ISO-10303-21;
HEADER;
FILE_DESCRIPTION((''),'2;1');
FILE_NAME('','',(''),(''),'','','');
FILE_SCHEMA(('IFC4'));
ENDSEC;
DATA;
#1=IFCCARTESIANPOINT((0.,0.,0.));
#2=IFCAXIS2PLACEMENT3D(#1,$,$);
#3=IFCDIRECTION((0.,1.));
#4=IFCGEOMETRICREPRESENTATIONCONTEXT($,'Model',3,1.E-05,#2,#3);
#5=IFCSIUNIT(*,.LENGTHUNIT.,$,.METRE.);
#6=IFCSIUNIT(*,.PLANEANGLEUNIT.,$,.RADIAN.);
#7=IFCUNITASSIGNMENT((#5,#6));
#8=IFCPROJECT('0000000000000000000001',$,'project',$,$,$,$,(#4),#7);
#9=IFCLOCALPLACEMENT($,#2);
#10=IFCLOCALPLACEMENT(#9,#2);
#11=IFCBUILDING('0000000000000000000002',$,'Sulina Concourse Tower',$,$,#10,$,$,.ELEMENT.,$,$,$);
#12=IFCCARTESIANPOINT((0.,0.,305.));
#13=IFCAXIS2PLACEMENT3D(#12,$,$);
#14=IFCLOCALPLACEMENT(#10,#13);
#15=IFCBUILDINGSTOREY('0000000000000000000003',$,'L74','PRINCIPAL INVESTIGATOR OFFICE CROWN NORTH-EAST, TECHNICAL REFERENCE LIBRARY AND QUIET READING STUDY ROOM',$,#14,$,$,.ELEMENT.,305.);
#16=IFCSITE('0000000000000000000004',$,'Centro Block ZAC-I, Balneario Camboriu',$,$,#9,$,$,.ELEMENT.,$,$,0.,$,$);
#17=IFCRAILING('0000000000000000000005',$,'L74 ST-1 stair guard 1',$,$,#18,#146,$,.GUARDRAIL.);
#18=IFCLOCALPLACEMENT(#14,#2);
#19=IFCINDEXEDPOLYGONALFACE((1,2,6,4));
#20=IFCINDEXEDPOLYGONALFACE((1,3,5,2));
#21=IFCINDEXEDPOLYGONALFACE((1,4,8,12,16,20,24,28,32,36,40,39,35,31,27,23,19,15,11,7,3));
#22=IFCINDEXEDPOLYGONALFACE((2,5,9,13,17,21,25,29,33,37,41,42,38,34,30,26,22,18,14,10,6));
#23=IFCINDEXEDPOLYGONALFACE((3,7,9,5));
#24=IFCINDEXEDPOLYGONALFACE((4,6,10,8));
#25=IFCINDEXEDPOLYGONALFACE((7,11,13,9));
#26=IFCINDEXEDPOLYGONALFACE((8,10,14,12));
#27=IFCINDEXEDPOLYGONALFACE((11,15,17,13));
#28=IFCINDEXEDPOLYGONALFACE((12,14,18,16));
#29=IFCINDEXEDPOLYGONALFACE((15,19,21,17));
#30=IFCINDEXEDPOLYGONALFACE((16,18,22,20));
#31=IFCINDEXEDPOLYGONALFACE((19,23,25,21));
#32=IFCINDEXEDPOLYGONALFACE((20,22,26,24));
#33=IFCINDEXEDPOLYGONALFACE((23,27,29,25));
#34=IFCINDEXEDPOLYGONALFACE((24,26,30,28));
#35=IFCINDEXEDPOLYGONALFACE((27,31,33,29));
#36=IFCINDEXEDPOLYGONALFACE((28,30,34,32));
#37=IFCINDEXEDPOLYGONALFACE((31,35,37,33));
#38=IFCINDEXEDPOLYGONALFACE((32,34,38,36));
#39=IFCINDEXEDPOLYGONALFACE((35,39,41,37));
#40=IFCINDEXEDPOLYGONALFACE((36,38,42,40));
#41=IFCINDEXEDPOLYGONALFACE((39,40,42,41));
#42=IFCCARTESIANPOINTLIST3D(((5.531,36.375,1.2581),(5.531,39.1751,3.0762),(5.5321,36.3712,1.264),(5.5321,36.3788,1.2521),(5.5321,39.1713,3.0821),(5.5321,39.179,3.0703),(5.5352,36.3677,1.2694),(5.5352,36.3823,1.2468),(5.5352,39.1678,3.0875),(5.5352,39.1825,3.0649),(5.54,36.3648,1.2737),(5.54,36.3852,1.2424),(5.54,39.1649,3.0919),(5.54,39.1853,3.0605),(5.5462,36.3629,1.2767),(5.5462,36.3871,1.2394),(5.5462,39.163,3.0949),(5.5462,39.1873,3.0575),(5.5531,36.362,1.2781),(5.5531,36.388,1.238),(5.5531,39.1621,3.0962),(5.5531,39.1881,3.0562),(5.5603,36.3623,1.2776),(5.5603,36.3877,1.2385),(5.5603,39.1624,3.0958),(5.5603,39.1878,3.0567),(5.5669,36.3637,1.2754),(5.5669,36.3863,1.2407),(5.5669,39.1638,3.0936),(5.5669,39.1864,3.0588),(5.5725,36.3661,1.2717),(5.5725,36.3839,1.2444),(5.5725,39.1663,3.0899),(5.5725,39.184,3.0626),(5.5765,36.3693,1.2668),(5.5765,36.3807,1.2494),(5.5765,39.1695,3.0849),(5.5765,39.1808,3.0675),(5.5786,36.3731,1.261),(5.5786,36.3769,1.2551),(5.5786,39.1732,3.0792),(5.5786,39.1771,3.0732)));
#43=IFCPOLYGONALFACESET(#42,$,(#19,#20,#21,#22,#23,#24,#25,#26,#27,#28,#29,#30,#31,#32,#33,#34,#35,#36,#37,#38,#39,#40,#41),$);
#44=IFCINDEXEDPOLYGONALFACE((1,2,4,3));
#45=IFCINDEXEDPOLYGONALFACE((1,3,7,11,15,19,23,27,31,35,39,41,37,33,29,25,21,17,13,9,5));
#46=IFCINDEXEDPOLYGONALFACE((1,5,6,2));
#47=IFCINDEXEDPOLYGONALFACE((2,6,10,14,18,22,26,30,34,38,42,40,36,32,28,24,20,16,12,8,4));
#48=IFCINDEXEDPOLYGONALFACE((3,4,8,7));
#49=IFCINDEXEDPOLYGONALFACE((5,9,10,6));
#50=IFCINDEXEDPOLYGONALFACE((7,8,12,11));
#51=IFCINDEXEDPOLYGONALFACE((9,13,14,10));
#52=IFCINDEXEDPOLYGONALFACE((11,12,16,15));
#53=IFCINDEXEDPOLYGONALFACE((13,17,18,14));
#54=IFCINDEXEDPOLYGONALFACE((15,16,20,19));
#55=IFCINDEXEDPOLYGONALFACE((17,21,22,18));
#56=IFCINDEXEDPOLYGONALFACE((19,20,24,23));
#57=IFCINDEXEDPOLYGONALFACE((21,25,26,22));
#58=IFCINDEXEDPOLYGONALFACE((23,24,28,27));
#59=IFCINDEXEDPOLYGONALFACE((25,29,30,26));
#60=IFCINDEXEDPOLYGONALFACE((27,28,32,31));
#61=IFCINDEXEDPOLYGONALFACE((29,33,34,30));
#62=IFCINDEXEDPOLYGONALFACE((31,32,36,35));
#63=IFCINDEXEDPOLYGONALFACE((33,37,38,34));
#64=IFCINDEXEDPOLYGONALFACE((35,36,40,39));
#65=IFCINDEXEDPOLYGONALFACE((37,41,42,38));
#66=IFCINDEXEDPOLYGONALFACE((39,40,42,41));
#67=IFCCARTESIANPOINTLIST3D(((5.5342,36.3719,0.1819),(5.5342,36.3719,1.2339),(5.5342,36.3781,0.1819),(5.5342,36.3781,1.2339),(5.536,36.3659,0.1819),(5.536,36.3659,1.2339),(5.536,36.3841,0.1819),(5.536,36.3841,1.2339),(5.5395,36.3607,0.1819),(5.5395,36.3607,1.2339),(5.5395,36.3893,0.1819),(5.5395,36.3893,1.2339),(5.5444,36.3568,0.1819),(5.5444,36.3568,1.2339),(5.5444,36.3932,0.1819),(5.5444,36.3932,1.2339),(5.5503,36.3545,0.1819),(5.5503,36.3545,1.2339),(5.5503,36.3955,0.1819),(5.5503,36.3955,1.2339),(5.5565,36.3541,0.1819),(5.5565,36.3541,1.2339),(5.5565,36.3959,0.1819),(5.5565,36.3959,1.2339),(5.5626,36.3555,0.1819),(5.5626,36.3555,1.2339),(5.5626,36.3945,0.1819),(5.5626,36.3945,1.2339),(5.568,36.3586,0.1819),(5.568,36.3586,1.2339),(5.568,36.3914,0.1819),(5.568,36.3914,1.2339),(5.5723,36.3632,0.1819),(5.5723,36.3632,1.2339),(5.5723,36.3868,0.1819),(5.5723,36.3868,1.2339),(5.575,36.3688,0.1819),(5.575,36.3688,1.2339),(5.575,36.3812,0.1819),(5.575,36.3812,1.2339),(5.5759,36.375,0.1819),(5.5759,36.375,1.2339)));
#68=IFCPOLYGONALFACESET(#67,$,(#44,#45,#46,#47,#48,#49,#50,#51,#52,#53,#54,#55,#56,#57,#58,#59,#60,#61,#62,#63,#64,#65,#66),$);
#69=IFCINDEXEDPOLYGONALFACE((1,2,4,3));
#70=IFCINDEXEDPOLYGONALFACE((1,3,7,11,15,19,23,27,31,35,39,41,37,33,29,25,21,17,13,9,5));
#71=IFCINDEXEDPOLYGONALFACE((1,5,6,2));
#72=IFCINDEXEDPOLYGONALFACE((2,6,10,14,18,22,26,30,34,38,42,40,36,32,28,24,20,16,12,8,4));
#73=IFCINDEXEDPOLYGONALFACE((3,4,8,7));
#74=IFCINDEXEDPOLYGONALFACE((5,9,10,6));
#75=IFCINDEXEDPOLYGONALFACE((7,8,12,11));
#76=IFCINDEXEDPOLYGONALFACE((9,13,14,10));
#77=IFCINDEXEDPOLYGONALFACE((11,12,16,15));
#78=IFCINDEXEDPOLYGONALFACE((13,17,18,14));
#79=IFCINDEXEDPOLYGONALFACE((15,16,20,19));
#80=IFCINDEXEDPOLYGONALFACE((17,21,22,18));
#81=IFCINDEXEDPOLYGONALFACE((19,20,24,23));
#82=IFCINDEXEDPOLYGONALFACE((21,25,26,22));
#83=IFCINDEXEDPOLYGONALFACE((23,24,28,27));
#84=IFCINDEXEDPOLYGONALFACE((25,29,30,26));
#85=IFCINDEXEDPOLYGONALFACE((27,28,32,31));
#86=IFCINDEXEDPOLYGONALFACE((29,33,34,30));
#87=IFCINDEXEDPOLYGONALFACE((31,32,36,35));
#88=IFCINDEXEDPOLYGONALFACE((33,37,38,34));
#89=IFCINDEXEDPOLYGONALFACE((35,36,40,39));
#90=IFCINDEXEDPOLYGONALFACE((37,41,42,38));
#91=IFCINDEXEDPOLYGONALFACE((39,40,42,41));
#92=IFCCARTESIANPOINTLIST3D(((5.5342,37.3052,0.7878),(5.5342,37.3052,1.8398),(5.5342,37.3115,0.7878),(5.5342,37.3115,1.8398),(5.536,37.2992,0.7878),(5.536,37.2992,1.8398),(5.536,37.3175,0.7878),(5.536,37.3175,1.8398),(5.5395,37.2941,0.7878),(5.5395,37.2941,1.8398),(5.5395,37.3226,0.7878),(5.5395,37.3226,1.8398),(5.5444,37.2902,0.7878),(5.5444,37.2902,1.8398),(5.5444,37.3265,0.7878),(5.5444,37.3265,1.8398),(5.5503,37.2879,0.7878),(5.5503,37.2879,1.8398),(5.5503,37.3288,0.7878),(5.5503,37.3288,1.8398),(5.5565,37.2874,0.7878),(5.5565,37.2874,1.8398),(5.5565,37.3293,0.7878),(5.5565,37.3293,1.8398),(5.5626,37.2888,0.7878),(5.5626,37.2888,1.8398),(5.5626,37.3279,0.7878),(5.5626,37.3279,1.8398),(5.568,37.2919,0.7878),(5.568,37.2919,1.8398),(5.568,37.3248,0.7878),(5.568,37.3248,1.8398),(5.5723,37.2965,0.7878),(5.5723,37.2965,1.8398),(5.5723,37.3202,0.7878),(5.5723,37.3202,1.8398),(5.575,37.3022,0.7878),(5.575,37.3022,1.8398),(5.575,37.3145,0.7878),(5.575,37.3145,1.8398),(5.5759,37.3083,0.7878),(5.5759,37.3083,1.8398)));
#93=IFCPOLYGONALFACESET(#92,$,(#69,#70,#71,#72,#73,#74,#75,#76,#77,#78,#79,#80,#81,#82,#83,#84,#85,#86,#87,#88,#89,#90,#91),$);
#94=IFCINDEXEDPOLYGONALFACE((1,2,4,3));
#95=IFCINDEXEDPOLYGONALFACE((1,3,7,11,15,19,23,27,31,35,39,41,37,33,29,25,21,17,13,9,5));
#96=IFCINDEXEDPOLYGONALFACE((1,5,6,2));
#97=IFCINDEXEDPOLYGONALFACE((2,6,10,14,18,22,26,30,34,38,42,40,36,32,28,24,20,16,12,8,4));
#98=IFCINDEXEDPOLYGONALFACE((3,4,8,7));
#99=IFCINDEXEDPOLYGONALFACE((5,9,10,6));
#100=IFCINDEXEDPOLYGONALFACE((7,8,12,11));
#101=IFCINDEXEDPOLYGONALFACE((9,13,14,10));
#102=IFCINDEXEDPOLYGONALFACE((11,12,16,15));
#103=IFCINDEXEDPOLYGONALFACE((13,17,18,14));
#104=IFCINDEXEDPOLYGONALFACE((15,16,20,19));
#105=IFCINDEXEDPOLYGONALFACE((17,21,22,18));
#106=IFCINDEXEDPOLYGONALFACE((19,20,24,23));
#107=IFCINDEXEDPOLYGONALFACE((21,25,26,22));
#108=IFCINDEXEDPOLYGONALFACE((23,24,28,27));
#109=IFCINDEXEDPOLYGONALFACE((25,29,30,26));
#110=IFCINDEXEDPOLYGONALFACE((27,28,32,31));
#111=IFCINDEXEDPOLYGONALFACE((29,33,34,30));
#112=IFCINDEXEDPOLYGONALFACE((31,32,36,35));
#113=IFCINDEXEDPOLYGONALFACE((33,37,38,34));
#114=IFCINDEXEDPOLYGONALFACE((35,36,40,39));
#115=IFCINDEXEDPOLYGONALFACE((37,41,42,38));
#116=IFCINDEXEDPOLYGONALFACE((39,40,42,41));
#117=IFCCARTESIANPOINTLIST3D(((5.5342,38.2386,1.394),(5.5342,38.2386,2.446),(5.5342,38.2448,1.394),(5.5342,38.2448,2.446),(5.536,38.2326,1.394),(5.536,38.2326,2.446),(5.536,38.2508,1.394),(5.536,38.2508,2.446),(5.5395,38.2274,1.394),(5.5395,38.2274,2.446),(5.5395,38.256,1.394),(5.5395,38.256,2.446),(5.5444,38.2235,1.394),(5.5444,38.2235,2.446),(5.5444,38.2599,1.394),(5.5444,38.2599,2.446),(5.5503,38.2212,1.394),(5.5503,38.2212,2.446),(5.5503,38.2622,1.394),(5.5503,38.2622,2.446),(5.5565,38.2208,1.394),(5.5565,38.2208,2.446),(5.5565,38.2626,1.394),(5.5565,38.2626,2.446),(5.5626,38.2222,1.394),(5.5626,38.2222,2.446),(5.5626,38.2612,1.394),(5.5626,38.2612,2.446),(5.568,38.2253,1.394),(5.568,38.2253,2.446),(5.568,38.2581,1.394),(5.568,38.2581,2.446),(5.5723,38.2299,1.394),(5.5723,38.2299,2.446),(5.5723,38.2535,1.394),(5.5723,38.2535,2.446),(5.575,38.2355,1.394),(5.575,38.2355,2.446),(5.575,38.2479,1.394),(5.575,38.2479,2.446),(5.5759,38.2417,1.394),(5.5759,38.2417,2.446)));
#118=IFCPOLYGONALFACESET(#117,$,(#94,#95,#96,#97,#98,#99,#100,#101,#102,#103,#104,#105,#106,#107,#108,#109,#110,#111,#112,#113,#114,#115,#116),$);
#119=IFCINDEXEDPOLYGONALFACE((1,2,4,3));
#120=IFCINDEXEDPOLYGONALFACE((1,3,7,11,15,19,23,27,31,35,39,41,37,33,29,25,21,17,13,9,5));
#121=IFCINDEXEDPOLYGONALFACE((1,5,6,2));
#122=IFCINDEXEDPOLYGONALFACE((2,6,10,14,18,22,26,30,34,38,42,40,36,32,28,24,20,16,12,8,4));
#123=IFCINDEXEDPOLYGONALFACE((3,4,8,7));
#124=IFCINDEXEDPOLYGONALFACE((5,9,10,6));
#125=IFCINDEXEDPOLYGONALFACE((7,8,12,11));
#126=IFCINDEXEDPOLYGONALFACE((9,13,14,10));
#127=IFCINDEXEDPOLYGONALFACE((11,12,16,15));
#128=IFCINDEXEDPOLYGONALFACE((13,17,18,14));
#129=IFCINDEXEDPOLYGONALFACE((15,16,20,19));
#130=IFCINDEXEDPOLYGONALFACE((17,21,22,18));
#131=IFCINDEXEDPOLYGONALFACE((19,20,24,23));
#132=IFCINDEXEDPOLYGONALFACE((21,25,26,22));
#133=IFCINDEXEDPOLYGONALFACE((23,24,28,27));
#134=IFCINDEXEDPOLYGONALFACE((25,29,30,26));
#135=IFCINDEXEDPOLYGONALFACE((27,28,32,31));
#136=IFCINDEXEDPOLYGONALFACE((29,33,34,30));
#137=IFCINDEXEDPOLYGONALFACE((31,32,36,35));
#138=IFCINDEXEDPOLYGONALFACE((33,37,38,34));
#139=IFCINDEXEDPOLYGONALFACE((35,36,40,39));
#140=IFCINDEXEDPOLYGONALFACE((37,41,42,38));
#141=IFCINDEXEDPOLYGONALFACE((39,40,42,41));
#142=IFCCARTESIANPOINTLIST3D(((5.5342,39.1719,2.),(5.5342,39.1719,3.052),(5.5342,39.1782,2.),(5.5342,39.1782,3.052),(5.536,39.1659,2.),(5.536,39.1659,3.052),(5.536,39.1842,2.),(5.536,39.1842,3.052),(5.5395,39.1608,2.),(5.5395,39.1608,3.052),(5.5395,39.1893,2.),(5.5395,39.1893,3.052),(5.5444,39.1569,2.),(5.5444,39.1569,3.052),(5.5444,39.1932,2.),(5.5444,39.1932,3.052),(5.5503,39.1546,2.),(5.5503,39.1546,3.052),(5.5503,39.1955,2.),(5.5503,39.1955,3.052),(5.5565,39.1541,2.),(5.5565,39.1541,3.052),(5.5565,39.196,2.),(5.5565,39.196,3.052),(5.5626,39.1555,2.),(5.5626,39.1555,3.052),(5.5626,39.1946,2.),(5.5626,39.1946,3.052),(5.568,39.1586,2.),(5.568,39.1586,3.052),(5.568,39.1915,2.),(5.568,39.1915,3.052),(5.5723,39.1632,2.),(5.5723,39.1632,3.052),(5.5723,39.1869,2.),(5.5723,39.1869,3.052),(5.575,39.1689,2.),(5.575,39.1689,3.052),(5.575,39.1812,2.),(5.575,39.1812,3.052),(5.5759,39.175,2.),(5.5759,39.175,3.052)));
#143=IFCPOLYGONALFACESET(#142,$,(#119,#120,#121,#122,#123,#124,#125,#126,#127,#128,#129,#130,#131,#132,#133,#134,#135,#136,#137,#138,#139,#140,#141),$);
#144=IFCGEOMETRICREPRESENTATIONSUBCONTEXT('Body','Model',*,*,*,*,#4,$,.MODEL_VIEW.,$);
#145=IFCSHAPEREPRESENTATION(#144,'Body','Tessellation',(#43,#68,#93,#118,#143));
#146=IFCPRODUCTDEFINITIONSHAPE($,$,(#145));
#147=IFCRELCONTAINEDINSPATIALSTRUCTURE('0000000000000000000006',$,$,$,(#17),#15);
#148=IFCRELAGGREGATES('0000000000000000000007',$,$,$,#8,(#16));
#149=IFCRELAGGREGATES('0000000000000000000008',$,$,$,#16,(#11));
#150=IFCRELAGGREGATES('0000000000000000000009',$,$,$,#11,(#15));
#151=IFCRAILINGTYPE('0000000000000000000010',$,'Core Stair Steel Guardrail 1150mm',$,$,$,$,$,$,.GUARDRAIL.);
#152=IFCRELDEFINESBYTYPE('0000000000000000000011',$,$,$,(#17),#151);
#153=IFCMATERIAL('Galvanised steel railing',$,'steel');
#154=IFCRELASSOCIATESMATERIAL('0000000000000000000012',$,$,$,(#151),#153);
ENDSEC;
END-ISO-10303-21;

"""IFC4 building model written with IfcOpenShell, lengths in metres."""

from ifc_helpers import new_model, si_unit, direction, frame, origin, origin_2d, place, context, subcontext, project, spatial, circle, extrude, material, type_object, element, save


model = new_model("IFC4")

# Units and contexts
model_context = context("Model", 3, precision=1e-05, world=origin(), true_north=direction((0.0, 1.0)))
body_context = subcontext(model_context, "Body", "Model", "MODEL_VIEW")
ifc_project = project(units=[si_unit("LENGTHUNIT", "METRE"), si_unit("PLANEANGLEUNIT", "RADIAN")], contexts=[model_context])

# Site, building, storey
site_placement = place(None, origin())
site = spatial("IfcSite", under=ifc_project, at=site_placement, Name="Centro Block ZAC-I, Balneario Camboriu", CompositionType="ELEMENT", RefElevation=0.0)
building_placement = place(site_placement, origin())
building = spatial("IfcBuilding", under=site, at=building_placement, Name="Sulina Concourse Tower", CompositionType="ELEMENT")
storey_placement = place(building_placement, frame((0.0, 0.0, 305.0)))
storey = spatial("IfcBuildingStorey", under=building, at=storey_placement, Name="L74", Description="PRINCIPAL INVESTIGATOR OFFICE CROWN NORTH-EAST, TECHNICAL REFERENCE LIBRARY AND QUIET READING STUDY ROOM", CompositionType="ELEMENT", Elevation=305.0)

# Railing
ifc_material_1 = material(Name="Galvanised steel railing", Category="steel")
railing_type_1 = type_object("IfcRailingType", Name="Core Stair Steel Guardrail 1150mm", PredefinedType="GUARDRAIL", material=ifc_material_1)
railing_1_placement = place(storey_placement, frame((5.5549, 36.375, 0.1819)))
element("IfcRailing", 1, at=railing_1_placement, inside=storey, type_object=railing_type_1, Name="L74 ST-1 stair guard 1", PredefinedType="GUARDRAIL", context=body_context, shape_type="SweptSolid", body=[
    extrude(circle(Radius=0.0239, at=origin_2d()), frame((0.0, 0.0, 1.0762), z_axis=(0.0, 0.838706, 0.544585), x_axis=(-1.0, 0.0, 0.0)), (0.0, 0.0, 1.0), 3.3386),
    extrude(circle(Radius=0.021, at=origin_2d()), origin(), (0.0, 0.0, 1.0), 1.052),
    extrude(circle(Radius=0.021, at=origin_2d()), frame((0.0, 0.9333, 0.606)), (0.0, 0.0, 1.0), 1.052),
    extrude(circle(Radius=0.021, at=origin_2d()), frame((0.0, 1.8667, 1.2122)), (0.0, 0.0, 1.0), 1.052),
    extrude(circle(Radius=0.021, at=origin_2d()), frame((0.0, 2.8, 1.8181)), (0.0, 0.0, 1.0), 1.052),
])

save(model, "model.ifc")
